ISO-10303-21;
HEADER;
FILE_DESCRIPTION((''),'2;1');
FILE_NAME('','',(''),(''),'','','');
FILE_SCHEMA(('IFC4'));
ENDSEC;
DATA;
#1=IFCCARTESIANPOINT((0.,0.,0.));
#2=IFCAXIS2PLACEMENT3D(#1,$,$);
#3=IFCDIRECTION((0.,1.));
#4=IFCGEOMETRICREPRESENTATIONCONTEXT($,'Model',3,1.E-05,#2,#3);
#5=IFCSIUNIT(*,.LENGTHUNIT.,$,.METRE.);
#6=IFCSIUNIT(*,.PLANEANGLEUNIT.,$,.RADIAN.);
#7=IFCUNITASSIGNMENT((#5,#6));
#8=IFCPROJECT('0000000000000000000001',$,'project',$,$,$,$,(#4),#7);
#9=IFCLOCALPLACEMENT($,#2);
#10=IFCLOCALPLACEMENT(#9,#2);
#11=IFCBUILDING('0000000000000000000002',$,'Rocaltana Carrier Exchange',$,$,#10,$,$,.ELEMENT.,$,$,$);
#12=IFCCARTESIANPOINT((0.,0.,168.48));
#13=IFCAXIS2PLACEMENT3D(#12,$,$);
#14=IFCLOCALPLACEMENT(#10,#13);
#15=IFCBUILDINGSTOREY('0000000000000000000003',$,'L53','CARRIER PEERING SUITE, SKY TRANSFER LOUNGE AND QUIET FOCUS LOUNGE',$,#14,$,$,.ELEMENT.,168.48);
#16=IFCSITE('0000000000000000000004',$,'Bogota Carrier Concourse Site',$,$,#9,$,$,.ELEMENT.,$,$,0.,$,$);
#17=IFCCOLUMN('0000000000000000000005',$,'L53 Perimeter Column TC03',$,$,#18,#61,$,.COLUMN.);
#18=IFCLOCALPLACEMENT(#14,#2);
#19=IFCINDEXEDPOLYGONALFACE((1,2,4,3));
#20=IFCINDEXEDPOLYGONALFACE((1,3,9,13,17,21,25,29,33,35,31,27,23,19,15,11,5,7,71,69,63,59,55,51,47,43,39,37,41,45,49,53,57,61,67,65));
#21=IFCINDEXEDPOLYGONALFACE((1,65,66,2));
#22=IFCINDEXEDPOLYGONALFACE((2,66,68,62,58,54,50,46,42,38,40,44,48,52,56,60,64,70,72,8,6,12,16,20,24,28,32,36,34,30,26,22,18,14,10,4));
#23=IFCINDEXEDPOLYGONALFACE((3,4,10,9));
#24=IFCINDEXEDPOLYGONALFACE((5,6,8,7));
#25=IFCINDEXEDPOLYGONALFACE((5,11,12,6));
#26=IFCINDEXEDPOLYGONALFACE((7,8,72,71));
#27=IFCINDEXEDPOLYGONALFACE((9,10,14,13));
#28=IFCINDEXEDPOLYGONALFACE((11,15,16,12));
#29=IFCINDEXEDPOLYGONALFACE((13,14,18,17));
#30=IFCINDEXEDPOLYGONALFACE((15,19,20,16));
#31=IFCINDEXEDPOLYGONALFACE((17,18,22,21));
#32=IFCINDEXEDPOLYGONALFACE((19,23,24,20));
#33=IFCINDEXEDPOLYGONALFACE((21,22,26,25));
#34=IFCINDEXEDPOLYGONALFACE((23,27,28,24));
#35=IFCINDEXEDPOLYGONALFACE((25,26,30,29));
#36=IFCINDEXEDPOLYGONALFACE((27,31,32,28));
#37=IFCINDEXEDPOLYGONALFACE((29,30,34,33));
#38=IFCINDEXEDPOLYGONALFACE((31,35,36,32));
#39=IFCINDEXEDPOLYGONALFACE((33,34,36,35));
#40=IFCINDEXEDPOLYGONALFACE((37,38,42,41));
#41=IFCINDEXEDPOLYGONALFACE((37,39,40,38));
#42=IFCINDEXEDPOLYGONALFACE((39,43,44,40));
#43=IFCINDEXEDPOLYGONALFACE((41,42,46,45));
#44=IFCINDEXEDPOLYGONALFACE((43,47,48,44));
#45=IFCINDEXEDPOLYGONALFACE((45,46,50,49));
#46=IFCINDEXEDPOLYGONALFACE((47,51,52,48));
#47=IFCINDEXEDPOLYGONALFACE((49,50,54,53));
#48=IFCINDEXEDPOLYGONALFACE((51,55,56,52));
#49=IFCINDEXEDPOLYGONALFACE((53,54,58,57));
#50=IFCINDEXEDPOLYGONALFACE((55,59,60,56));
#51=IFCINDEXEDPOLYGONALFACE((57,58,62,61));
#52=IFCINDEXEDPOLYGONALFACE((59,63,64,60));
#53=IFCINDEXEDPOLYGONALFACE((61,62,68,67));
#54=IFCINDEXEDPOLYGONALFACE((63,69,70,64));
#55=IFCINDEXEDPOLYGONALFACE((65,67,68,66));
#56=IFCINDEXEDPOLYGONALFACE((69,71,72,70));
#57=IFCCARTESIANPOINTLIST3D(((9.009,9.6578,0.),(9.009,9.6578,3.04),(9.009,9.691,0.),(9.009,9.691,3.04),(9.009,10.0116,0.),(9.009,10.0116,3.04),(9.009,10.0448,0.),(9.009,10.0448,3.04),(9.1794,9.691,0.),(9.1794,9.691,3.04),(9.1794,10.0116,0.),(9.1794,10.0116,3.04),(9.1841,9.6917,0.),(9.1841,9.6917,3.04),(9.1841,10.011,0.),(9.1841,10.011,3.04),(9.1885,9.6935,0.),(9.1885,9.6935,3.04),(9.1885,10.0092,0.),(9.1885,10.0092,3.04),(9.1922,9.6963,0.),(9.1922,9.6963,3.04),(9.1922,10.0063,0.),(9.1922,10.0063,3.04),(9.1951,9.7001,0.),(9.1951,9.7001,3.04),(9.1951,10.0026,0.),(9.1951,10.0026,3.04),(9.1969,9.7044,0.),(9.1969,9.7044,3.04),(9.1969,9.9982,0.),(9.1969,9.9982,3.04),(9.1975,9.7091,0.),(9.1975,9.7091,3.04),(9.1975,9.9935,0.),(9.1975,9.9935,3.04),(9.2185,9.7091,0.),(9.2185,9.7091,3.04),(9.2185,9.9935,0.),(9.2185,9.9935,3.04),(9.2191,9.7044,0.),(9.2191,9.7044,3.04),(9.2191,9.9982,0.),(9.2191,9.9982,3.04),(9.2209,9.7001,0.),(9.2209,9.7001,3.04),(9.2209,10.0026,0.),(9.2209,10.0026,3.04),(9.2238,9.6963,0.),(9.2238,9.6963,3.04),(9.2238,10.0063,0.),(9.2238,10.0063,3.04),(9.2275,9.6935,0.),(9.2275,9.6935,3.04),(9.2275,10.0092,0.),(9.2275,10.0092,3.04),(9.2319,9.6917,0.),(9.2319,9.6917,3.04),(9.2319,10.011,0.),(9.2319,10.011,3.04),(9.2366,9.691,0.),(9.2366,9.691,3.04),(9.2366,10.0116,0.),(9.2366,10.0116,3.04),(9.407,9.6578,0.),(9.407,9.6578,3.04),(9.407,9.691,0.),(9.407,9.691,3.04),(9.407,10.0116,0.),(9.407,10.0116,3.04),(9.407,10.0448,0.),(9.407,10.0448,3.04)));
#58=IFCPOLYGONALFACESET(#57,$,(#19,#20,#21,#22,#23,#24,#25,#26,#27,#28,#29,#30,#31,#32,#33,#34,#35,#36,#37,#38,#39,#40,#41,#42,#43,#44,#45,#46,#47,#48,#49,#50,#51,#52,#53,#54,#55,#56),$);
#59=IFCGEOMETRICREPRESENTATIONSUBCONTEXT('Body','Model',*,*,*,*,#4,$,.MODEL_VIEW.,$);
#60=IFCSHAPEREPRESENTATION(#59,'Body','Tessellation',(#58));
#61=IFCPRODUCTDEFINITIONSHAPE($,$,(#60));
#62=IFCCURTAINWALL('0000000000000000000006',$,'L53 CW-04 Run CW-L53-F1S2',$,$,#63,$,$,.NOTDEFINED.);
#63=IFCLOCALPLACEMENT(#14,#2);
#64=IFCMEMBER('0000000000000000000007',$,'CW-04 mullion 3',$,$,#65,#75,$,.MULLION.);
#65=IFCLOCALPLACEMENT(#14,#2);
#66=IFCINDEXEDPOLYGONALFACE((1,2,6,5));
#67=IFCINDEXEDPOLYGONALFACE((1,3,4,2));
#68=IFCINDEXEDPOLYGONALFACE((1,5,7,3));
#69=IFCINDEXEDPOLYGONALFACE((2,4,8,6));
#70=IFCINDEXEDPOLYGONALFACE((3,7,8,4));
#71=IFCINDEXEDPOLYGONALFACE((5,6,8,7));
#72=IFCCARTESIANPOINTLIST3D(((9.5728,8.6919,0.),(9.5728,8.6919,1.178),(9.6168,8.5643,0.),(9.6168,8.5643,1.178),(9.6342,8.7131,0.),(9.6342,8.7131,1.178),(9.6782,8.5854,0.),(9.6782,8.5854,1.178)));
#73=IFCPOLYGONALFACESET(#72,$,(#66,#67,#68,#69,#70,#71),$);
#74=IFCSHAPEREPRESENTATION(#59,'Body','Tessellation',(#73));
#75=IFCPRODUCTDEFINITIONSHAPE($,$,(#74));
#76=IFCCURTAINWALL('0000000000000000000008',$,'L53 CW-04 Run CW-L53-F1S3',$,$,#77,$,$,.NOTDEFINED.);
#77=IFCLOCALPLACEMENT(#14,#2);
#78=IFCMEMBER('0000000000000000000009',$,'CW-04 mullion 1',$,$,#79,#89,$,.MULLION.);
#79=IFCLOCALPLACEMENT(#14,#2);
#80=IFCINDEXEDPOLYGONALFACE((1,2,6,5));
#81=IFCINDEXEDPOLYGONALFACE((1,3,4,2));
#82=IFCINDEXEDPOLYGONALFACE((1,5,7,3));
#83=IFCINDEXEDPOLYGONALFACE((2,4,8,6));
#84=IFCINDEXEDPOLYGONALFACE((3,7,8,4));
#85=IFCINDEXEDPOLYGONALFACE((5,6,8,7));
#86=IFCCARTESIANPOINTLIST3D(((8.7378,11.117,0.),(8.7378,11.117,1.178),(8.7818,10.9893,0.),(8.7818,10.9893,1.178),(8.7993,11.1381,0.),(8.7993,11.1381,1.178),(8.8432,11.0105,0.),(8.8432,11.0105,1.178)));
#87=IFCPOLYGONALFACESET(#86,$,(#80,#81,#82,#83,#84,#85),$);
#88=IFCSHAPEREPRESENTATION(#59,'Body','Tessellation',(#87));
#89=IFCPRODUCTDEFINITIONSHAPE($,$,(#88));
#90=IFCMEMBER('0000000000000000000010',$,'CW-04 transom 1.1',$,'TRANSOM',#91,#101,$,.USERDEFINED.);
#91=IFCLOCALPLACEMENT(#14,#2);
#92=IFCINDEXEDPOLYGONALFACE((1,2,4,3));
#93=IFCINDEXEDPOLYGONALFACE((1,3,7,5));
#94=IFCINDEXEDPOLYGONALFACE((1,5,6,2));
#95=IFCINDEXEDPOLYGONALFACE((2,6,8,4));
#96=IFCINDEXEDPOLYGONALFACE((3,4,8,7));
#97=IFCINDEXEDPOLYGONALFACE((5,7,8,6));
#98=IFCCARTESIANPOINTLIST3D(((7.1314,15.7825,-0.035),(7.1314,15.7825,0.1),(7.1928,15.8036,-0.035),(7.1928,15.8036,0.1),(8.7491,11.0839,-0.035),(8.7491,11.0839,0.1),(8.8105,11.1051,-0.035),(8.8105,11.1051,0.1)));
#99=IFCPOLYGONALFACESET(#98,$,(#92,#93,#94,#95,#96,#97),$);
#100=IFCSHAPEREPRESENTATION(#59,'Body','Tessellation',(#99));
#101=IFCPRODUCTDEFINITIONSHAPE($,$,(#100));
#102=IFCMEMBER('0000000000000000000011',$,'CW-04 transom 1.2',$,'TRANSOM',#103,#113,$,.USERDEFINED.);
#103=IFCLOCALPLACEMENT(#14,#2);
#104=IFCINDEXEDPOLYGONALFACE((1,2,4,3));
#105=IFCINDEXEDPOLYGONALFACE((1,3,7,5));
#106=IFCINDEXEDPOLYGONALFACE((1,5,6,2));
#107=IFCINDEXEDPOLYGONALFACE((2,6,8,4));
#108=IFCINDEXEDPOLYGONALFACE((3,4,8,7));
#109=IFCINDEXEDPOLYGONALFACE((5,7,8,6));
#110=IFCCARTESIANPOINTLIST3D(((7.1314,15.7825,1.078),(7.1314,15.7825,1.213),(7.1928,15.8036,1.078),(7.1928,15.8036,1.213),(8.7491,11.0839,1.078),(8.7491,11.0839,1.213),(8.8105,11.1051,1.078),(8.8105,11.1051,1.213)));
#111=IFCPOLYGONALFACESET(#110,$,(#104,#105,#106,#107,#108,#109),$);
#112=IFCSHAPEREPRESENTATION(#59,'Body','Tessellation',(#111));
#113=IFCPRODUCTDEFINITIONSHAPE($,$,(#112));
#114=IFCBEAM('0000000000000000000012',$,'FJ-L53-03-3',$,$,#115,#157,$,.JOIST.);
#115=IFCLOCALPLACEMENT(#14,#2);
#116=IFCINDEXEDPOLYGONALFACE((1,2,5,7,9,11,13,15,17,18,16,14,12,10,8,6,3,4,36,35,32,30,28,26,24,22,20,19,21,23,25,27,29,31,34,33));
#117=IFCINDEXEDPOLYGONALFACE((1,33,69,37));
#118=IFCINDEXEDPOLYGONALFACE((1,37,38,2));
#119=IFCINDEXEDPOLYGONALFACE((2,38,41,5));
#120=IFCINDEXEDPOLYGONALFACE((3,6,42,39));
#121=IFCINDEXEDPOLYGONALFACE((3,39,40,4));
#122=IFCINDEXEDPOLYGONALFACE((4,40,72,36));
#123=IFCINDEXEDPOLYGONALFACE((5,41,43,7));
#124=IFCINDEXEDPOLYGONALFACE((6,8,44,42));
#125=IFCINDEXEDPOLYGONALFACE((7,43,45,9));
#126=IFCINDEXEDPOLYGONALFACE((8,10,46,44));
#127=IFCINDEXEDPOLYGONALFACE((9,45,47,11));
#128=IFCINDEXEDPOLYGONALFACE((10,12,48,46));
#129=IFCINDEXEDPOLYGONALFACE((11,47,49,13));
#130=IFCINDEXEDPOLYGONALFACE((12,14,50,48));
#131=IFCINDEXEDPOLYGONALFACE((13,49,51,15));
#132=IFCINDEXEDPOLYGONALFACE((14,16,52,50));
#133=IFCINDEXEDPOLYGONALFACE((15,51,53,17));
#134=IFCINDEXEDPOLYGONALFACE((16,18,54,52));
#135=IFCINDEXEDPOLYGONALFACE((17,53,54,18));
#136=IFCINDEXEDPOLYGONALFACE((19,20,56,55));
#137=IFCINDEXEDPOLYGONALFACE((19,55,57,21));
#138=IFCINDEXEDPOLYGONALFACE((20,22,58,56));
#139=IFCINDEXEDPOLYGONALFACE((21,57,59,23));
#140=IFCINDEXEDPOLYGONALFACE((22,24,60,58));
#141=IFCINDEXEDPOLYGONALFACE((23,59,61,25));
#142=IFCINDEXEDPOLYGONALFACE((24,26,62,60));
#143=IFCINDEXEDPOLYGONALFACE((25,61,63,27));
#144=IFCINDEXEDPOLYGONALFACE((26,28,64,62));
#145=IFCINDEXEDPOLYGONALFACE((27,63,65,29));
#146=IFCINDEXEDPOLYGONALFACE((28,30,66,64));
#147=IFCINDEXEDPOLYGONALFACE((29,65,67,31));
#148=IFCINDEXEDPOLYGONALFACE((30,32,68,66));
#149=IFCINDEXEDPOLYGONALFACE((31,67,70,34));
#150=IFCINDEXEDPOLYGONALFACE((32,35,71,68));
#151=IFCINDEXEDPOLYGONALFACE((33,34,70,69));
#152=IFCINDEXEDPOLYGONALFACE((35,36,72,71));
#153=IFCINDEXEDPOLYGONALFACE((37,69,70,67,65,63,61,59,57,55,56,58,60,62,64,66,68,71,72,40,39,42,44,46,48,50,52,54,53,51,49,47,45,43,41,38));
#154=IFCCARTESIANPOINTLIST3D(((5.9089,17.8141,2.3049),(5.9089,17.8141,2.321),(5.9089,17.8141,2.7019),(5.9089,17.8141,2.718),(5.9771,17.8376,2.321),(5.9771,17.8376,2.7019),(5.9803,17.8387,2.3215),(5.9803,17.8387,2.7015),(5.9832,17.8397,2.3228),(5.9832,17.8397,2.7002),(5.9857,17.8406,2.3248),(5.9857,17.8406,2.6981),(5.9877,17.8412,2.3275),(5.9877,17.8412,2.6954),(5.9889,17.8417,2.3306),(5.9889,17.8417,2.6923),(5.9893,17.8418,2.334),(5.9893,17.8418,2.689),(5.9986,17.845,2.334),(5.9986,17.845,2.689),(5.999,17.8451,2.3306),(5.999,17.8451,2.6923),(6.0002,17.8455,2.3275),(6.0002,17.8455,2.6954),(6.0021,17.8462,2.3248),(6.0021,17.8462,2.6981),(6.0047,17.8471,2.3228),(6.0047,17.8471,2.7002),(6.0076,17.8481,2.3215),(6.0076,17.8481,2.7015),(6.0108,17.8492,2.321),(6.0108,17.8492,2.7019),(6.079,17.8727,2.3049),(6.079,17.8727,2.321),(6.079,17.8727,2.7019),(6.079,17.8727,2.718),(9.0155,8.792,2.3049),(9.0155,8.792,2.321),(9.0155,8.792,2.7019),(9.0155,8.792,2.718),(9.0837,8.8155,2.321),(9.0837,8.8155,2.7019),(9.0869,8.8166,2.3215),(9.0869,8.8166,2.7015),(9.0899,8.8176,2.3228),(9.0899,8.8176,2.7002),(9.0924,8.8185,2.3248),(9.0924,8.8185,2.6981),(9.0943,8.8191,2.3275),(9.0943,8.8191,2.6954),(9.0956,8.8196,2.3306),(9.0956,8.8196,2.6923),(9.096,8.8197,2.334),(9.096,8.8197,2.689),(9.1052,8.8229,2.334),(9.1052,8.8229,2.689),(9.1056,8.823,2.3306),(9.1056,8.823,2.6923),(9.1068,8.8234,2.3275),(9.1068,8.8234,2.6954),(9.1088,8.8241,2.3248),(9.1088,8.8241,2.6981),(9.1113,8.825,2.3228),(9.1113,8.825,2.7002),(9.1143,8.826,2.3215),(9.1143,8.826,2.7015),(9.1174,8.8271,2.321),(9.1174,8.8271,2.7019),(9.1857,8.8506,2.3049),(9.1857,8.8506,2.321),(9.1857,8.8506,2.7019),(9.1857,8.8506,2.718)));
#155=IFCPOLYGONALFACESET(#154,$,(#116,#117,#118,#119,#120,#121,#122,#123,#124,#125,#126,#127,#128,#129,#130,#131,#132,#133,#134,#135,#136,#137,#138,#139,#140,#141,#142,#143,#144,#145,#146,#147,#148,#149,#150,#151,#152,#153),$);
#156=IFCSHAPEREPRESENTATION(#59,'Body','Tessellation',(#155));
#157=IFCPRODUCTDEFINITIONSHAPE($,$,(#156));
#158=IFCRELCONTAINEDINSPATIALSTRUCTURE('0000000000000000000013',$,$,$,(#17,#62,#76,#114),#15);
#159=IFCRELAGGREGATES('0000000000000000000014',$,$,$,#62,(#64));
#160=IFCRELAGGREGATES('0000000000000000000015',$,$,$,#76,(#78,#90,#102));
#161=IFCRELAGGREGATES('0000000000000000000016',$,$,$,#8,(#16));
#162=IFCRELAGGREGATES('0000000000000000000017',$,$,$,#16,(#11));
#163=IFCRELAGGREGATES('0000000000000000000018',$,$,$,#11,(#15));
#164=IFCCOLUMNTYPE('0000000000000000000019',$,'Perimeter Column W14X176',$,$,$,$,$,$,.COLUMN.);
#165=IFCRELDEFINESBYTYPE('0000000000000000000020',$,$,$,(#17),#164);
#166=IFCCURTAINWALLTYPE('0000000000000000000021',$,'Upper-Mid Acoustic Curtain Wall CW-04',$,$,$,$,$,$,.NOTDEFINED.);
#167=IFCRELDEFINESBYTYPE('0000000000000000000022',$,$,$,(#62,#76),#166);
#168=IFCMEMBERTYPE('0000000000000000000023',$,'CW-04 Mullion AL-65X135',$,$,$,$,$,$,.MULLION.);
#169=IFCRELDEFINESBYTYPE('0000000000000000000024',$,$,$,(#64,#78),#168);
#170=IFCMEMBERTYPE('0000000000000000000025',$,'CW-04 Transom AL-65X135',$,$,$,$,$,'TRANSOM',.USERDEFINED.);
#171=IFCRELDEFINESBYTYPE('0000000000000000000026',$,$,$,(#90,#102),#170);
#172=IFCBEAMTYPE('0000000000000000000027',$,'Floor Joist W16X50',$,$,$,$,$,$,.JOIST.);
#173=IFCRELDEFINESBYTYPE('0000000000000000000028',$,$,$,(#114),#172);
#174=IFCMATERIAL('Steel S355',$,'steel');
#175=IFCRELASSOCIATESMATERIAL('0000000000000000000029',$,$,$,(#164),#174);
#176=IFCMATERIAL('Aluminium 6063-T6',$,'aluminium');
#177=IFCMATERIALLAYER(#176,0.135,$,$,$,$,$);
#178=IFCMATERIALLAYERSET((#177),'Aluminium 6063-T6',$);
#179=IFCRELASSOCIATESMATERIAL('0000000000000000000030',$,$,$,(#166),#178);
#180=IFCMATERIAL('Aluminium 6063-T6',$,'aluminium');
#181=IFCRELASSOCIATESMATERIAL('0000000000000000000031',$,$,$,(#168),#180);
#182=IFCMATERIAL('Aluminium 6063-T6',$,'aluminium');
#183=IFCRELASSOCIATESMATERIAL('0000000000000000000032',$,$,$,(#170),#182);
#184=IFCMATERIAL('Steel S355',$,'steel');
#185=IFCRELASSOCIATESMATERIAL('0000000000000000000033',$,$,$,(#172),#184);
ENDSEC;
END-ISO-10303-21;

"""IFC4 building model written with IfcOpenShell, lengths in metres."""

from ifc_helpers import new_model, si_unit, direction, frame, origin, origin_2d, place, context, subcontext, project, spatial, rectangle, i_section, extrude, material, layer, layer_set, material_profile, profile_set, type_object, element, aggregate, save


model = new_model("IFC4")

# Units and contexts
model_context = context("Model", 3, precision=1e-05, world=origin(), true_north=direction((0.0, 1.0)))
body_context = subcontext(model_context, "Body", "Model", "MODEL_VIEW")
ifc_project = project(units=[si_unit("LENGTHUNIT", "METRE"), si_unit("PLANEANGLEUNIT", "RADIAN")], contexts=[model_context])

# Site, building, storey
site_placement = place(None, origin())
site = spatial("IfcSite", under=ifc_project, at=site_placement, Name="Bogota Carrier Concourse Site", CompositionType="ELEMENT", RefElevation=0.0)
building_placement = place(site_placement, origin())
building = spatial("IfcBuilding", under=site, at=building_placement, Name="Rocaltana Carrier Exchange", CompositionType="ELEMENT")
storey_placement = place(building_placement, frame((0.0, 0.0, 168.48)))
storey = spatial("IfcBuildingStorey", under=building, at=storey_placement, Name="L53", Description="CARRIER PEERING SUITE, SKY TRANSFER LOUNGE AND QUIET FOCUS LOUNGE", CompositionType="ELEMENT", Elevation=168.48)

# Column
ifc_material_1 = material(Name="Steel S355", Category="steel")
ifc_material_profile_1 = material_profile(ifc_material_1, i_section(OverallWidth=0.3979, OverallDepth=0.387, WebThickness=0.021, FlangeThickness=0.0332, FilletRadius=0.0181, at=origin_2d()), Name="W14X176")
ifc_profile_set_1 = profile_set([ifc_material_profile_1], Name="Steel S355")
column_type = type_object("IfcColumnType", Name="Perimeter Column W14X176", PredefinedType="COLUMN", material=ifc_profile_set_1)
column_placement = place(storey_placement, frame((9.208, 9.8513, 0.0), z_axis=(0.0, 0.0, 1.0), x_axis=(1.0, 0.0, 0.0)))
element("IfcColumn", 1, at=column_placement, inside=storey, type_object=column_type, Name="L53 Perimeter Column TC03", PredefinedType="COLUMN", context=body_context, shape_type="SweptSolid", body=[
    extrude(i_section(OverallWidth=0.3979, OverallDepth=0.387, WebThickness=0.021, FlangeThickness=0.0332, FilletRadius=0.0181, at=origin_2d()), origin(), (0.0, 0.0, 1.0), 3.04),
])

# Curtain wall, member
ifc_material_2 = material(Name="Aluminium 6063-T6", Category="aluminium")
ifc_layer_1 = layer(ifc_material_2, 0.135)
ifc_layer_set_1 = layer_set([ifc_layer_1], Name="Aluminium 6063-T6")
curtain_wall_type = type_object("IfcCurtainWallType", Name="Upper-Mid Acoustic Curtain Wall CW-04", PredefinedType="NOTDEFINED", material=ifc_layer_set_1)
curtain_wall_1_placement = place(storey_placement, origin())
curtain_wall_1 = element("IfcCurtainWall", 2, at=curtain_wall_1_placement, inside=storey, type_object=curtain_wall_type, Name="L53 CW-04 Run CW-L53-F1S2", PredefinedType="NOTDEFINED")
ifc_material_3 = material(Name="Aluminium 6063-T6", Category="aluminium")
ifc_material_profile_2 = material_profile(ifc_material_3, rectangle(XDim=0.0649, YDim=0.135, at=origin_2d()), Name="AL-65X135")
ifc_profile_set_2 = profile_set([ifc_material_profile_2], Name="Aluminium 6063-T6")
member_type_1 = type_object("IfcMemberType", Name="CW-04 Mullion AL-65X135", PredefinedType="MULLION", material=ifc_profile_set_2)
member_1_placement = place(storey_placement, frame((9.6255, 8.6387, 0.0), z_axis=(0.0, 0.0, 1.0), x_axis=(-0.945521, -0.325562, 0.0)))
member_1 = element("IfcMember", 3, at=member_1_placement, type_object=member_type_1, Name="CW-04 mullion 3", PredefinedType="MULLION", context=body_context, shape_type="SweptSolid", body=[
    extrude(rectangle(XDim=0.0649, YDim=0.135, at=origin_2d()), origin(), (0.0, 0.0, 1.0), 1.178),
])

# Curtain wall, members
curtain_wall_2_placement = place(storey_placement, origin())
curtain_wall_2 = element("IfcCurtainWall", 4, at=curtain_wall_2_placement, inside=storey, type_object=curtain_wall_type, Name="L53 CW-04 Run CW-L53-F1S3", PredefinedType="NOTDEFINED")
member_2_placement = place(storey_placement, frame((8.7905, 11.0637, 0.0), z_axis=(0.0, 0.0, 1.0), x_axis=(-0.945522, -0.325559, 0.0)))
member_2 = element("IfcMember", 5, at=member_2_placement, type_object=member_type_1, Name="CW-04 mullion 1", PredefinedType="MULLION", context=body_context, shape_type="SweptSolid", body=[
    extrude(rectangle(XDim=0.0649, YDim=0.135, at=origin_2d()), origin(), (0.0, 0.0, 1.0), 1.178),
])
ifc_material_4 = material(Name="Aluminium 6063-T6", Category="aluminium")
ifc_material_profile_3 = material_profile(ifc_material_4, rectangle(XDim=0.0649, YDim=0.135, at=origin_2d()), Name="AL-65X135")
ifc_profile_set_3 = profile_set([ifc_material_profile_3], Name="Aluminium 6063-T6")
member_type_2 = type_object("IfcMemberType", Name="CW-04 Transom AL-65X135", ElementType="TRANSOM", PredefinedType="USERDEFINED", material=ifc_profile_set_3)
member_3_placement = place(storey_placement, frame((8.7798, 11.0945, 0.0325), z_axis=(-0.325542, 0.945527, 0.0), x_axis=(-0.945527, -0.325542, 0.0)))
member_3 = element("IfcMember", 6, at=member_3_placement, type_object=member_type_2, Name="CW-04 transom 1.1", ObjectType="TRANSOM", PredefinedType="USERDEFINED", context=body_context, shape_type="SweptSolid", body=[
    extrude(rectangle(XDim=0.0649, YDim=0.135, at=origin_2d()), origin(), (0.0, 0.0, 1.0), 4.9692),
])
member_4_placement = place(storey_placement, frame((8.7798, 11.0945, 1.1455), z_axis=(-0.325542, 0.945527, 0.0), x_axis=(-0.945527, -0.325542, 0.0)))
member_4 = element("IfcMember", 7, at=member_4_placement, type_object=member_type_2, Name="CW-04 transom 1.2", ObjectType="TRANSOM", PredefinedType="USERDEFINED", context=body_context, shape_type="SweptSolid", body=[
    extrude(rectangle(XDim=0.0649, YDim=0.135, at=origin_2d()), origin(), (0.0, 0.0, 1.0), 4.9692),
])

# Beam
ifc_material_5 = material(Name="Steel S355", Category="steel")
ifc_material_profile_4 = material_profile(ifc_material_5, i_section(OverallWidth=0.1799, OverallDepth=0.4131, WebThickness=0.0098, FlangeThickness=0.0161, FilletRadius=0.0129, at=origin_2d()), Name="W16X50")
ifc_profile_set_4 = profile_set([ifc_material_profile_4], Name="Steel S355")
beam_type_1 = type_object("IfcBeamType", Name="Floor Joist W16X50", PredefinedType="JOIST", material=ifc_profile_set_4)
beam_1_placement = place(storey_placement, frame((9.1006, 8.8213, 2.5115), z_axis=(-0.325577, 0.945516, 0.0), x_axis=(-0.945516, -0.325577, 0.0)))
element("IfcBeam", 8, at=beam_1_placement, inside=storey, type_object=beam_type_1, Name="FJ-L53-03-3", PredefinedType="JOIST", context=body_context, shape_type="SweptSolid", body=[
    extrude(i_section(OverallWidth=0.1799, OverallDepth=0.4131, WebThickness=0.0098, FlangeThickness=0.0161, FilletRadius=0.0129, at=origin_2d()), origin(), (0.0, 0.0, 1.0), 9.542),
])

aggregate(curtain_wall_1, [member_1])
aggregate(curtain_wall_2, [member_2, member_3, member_4])

save(model, "model.ifc")
